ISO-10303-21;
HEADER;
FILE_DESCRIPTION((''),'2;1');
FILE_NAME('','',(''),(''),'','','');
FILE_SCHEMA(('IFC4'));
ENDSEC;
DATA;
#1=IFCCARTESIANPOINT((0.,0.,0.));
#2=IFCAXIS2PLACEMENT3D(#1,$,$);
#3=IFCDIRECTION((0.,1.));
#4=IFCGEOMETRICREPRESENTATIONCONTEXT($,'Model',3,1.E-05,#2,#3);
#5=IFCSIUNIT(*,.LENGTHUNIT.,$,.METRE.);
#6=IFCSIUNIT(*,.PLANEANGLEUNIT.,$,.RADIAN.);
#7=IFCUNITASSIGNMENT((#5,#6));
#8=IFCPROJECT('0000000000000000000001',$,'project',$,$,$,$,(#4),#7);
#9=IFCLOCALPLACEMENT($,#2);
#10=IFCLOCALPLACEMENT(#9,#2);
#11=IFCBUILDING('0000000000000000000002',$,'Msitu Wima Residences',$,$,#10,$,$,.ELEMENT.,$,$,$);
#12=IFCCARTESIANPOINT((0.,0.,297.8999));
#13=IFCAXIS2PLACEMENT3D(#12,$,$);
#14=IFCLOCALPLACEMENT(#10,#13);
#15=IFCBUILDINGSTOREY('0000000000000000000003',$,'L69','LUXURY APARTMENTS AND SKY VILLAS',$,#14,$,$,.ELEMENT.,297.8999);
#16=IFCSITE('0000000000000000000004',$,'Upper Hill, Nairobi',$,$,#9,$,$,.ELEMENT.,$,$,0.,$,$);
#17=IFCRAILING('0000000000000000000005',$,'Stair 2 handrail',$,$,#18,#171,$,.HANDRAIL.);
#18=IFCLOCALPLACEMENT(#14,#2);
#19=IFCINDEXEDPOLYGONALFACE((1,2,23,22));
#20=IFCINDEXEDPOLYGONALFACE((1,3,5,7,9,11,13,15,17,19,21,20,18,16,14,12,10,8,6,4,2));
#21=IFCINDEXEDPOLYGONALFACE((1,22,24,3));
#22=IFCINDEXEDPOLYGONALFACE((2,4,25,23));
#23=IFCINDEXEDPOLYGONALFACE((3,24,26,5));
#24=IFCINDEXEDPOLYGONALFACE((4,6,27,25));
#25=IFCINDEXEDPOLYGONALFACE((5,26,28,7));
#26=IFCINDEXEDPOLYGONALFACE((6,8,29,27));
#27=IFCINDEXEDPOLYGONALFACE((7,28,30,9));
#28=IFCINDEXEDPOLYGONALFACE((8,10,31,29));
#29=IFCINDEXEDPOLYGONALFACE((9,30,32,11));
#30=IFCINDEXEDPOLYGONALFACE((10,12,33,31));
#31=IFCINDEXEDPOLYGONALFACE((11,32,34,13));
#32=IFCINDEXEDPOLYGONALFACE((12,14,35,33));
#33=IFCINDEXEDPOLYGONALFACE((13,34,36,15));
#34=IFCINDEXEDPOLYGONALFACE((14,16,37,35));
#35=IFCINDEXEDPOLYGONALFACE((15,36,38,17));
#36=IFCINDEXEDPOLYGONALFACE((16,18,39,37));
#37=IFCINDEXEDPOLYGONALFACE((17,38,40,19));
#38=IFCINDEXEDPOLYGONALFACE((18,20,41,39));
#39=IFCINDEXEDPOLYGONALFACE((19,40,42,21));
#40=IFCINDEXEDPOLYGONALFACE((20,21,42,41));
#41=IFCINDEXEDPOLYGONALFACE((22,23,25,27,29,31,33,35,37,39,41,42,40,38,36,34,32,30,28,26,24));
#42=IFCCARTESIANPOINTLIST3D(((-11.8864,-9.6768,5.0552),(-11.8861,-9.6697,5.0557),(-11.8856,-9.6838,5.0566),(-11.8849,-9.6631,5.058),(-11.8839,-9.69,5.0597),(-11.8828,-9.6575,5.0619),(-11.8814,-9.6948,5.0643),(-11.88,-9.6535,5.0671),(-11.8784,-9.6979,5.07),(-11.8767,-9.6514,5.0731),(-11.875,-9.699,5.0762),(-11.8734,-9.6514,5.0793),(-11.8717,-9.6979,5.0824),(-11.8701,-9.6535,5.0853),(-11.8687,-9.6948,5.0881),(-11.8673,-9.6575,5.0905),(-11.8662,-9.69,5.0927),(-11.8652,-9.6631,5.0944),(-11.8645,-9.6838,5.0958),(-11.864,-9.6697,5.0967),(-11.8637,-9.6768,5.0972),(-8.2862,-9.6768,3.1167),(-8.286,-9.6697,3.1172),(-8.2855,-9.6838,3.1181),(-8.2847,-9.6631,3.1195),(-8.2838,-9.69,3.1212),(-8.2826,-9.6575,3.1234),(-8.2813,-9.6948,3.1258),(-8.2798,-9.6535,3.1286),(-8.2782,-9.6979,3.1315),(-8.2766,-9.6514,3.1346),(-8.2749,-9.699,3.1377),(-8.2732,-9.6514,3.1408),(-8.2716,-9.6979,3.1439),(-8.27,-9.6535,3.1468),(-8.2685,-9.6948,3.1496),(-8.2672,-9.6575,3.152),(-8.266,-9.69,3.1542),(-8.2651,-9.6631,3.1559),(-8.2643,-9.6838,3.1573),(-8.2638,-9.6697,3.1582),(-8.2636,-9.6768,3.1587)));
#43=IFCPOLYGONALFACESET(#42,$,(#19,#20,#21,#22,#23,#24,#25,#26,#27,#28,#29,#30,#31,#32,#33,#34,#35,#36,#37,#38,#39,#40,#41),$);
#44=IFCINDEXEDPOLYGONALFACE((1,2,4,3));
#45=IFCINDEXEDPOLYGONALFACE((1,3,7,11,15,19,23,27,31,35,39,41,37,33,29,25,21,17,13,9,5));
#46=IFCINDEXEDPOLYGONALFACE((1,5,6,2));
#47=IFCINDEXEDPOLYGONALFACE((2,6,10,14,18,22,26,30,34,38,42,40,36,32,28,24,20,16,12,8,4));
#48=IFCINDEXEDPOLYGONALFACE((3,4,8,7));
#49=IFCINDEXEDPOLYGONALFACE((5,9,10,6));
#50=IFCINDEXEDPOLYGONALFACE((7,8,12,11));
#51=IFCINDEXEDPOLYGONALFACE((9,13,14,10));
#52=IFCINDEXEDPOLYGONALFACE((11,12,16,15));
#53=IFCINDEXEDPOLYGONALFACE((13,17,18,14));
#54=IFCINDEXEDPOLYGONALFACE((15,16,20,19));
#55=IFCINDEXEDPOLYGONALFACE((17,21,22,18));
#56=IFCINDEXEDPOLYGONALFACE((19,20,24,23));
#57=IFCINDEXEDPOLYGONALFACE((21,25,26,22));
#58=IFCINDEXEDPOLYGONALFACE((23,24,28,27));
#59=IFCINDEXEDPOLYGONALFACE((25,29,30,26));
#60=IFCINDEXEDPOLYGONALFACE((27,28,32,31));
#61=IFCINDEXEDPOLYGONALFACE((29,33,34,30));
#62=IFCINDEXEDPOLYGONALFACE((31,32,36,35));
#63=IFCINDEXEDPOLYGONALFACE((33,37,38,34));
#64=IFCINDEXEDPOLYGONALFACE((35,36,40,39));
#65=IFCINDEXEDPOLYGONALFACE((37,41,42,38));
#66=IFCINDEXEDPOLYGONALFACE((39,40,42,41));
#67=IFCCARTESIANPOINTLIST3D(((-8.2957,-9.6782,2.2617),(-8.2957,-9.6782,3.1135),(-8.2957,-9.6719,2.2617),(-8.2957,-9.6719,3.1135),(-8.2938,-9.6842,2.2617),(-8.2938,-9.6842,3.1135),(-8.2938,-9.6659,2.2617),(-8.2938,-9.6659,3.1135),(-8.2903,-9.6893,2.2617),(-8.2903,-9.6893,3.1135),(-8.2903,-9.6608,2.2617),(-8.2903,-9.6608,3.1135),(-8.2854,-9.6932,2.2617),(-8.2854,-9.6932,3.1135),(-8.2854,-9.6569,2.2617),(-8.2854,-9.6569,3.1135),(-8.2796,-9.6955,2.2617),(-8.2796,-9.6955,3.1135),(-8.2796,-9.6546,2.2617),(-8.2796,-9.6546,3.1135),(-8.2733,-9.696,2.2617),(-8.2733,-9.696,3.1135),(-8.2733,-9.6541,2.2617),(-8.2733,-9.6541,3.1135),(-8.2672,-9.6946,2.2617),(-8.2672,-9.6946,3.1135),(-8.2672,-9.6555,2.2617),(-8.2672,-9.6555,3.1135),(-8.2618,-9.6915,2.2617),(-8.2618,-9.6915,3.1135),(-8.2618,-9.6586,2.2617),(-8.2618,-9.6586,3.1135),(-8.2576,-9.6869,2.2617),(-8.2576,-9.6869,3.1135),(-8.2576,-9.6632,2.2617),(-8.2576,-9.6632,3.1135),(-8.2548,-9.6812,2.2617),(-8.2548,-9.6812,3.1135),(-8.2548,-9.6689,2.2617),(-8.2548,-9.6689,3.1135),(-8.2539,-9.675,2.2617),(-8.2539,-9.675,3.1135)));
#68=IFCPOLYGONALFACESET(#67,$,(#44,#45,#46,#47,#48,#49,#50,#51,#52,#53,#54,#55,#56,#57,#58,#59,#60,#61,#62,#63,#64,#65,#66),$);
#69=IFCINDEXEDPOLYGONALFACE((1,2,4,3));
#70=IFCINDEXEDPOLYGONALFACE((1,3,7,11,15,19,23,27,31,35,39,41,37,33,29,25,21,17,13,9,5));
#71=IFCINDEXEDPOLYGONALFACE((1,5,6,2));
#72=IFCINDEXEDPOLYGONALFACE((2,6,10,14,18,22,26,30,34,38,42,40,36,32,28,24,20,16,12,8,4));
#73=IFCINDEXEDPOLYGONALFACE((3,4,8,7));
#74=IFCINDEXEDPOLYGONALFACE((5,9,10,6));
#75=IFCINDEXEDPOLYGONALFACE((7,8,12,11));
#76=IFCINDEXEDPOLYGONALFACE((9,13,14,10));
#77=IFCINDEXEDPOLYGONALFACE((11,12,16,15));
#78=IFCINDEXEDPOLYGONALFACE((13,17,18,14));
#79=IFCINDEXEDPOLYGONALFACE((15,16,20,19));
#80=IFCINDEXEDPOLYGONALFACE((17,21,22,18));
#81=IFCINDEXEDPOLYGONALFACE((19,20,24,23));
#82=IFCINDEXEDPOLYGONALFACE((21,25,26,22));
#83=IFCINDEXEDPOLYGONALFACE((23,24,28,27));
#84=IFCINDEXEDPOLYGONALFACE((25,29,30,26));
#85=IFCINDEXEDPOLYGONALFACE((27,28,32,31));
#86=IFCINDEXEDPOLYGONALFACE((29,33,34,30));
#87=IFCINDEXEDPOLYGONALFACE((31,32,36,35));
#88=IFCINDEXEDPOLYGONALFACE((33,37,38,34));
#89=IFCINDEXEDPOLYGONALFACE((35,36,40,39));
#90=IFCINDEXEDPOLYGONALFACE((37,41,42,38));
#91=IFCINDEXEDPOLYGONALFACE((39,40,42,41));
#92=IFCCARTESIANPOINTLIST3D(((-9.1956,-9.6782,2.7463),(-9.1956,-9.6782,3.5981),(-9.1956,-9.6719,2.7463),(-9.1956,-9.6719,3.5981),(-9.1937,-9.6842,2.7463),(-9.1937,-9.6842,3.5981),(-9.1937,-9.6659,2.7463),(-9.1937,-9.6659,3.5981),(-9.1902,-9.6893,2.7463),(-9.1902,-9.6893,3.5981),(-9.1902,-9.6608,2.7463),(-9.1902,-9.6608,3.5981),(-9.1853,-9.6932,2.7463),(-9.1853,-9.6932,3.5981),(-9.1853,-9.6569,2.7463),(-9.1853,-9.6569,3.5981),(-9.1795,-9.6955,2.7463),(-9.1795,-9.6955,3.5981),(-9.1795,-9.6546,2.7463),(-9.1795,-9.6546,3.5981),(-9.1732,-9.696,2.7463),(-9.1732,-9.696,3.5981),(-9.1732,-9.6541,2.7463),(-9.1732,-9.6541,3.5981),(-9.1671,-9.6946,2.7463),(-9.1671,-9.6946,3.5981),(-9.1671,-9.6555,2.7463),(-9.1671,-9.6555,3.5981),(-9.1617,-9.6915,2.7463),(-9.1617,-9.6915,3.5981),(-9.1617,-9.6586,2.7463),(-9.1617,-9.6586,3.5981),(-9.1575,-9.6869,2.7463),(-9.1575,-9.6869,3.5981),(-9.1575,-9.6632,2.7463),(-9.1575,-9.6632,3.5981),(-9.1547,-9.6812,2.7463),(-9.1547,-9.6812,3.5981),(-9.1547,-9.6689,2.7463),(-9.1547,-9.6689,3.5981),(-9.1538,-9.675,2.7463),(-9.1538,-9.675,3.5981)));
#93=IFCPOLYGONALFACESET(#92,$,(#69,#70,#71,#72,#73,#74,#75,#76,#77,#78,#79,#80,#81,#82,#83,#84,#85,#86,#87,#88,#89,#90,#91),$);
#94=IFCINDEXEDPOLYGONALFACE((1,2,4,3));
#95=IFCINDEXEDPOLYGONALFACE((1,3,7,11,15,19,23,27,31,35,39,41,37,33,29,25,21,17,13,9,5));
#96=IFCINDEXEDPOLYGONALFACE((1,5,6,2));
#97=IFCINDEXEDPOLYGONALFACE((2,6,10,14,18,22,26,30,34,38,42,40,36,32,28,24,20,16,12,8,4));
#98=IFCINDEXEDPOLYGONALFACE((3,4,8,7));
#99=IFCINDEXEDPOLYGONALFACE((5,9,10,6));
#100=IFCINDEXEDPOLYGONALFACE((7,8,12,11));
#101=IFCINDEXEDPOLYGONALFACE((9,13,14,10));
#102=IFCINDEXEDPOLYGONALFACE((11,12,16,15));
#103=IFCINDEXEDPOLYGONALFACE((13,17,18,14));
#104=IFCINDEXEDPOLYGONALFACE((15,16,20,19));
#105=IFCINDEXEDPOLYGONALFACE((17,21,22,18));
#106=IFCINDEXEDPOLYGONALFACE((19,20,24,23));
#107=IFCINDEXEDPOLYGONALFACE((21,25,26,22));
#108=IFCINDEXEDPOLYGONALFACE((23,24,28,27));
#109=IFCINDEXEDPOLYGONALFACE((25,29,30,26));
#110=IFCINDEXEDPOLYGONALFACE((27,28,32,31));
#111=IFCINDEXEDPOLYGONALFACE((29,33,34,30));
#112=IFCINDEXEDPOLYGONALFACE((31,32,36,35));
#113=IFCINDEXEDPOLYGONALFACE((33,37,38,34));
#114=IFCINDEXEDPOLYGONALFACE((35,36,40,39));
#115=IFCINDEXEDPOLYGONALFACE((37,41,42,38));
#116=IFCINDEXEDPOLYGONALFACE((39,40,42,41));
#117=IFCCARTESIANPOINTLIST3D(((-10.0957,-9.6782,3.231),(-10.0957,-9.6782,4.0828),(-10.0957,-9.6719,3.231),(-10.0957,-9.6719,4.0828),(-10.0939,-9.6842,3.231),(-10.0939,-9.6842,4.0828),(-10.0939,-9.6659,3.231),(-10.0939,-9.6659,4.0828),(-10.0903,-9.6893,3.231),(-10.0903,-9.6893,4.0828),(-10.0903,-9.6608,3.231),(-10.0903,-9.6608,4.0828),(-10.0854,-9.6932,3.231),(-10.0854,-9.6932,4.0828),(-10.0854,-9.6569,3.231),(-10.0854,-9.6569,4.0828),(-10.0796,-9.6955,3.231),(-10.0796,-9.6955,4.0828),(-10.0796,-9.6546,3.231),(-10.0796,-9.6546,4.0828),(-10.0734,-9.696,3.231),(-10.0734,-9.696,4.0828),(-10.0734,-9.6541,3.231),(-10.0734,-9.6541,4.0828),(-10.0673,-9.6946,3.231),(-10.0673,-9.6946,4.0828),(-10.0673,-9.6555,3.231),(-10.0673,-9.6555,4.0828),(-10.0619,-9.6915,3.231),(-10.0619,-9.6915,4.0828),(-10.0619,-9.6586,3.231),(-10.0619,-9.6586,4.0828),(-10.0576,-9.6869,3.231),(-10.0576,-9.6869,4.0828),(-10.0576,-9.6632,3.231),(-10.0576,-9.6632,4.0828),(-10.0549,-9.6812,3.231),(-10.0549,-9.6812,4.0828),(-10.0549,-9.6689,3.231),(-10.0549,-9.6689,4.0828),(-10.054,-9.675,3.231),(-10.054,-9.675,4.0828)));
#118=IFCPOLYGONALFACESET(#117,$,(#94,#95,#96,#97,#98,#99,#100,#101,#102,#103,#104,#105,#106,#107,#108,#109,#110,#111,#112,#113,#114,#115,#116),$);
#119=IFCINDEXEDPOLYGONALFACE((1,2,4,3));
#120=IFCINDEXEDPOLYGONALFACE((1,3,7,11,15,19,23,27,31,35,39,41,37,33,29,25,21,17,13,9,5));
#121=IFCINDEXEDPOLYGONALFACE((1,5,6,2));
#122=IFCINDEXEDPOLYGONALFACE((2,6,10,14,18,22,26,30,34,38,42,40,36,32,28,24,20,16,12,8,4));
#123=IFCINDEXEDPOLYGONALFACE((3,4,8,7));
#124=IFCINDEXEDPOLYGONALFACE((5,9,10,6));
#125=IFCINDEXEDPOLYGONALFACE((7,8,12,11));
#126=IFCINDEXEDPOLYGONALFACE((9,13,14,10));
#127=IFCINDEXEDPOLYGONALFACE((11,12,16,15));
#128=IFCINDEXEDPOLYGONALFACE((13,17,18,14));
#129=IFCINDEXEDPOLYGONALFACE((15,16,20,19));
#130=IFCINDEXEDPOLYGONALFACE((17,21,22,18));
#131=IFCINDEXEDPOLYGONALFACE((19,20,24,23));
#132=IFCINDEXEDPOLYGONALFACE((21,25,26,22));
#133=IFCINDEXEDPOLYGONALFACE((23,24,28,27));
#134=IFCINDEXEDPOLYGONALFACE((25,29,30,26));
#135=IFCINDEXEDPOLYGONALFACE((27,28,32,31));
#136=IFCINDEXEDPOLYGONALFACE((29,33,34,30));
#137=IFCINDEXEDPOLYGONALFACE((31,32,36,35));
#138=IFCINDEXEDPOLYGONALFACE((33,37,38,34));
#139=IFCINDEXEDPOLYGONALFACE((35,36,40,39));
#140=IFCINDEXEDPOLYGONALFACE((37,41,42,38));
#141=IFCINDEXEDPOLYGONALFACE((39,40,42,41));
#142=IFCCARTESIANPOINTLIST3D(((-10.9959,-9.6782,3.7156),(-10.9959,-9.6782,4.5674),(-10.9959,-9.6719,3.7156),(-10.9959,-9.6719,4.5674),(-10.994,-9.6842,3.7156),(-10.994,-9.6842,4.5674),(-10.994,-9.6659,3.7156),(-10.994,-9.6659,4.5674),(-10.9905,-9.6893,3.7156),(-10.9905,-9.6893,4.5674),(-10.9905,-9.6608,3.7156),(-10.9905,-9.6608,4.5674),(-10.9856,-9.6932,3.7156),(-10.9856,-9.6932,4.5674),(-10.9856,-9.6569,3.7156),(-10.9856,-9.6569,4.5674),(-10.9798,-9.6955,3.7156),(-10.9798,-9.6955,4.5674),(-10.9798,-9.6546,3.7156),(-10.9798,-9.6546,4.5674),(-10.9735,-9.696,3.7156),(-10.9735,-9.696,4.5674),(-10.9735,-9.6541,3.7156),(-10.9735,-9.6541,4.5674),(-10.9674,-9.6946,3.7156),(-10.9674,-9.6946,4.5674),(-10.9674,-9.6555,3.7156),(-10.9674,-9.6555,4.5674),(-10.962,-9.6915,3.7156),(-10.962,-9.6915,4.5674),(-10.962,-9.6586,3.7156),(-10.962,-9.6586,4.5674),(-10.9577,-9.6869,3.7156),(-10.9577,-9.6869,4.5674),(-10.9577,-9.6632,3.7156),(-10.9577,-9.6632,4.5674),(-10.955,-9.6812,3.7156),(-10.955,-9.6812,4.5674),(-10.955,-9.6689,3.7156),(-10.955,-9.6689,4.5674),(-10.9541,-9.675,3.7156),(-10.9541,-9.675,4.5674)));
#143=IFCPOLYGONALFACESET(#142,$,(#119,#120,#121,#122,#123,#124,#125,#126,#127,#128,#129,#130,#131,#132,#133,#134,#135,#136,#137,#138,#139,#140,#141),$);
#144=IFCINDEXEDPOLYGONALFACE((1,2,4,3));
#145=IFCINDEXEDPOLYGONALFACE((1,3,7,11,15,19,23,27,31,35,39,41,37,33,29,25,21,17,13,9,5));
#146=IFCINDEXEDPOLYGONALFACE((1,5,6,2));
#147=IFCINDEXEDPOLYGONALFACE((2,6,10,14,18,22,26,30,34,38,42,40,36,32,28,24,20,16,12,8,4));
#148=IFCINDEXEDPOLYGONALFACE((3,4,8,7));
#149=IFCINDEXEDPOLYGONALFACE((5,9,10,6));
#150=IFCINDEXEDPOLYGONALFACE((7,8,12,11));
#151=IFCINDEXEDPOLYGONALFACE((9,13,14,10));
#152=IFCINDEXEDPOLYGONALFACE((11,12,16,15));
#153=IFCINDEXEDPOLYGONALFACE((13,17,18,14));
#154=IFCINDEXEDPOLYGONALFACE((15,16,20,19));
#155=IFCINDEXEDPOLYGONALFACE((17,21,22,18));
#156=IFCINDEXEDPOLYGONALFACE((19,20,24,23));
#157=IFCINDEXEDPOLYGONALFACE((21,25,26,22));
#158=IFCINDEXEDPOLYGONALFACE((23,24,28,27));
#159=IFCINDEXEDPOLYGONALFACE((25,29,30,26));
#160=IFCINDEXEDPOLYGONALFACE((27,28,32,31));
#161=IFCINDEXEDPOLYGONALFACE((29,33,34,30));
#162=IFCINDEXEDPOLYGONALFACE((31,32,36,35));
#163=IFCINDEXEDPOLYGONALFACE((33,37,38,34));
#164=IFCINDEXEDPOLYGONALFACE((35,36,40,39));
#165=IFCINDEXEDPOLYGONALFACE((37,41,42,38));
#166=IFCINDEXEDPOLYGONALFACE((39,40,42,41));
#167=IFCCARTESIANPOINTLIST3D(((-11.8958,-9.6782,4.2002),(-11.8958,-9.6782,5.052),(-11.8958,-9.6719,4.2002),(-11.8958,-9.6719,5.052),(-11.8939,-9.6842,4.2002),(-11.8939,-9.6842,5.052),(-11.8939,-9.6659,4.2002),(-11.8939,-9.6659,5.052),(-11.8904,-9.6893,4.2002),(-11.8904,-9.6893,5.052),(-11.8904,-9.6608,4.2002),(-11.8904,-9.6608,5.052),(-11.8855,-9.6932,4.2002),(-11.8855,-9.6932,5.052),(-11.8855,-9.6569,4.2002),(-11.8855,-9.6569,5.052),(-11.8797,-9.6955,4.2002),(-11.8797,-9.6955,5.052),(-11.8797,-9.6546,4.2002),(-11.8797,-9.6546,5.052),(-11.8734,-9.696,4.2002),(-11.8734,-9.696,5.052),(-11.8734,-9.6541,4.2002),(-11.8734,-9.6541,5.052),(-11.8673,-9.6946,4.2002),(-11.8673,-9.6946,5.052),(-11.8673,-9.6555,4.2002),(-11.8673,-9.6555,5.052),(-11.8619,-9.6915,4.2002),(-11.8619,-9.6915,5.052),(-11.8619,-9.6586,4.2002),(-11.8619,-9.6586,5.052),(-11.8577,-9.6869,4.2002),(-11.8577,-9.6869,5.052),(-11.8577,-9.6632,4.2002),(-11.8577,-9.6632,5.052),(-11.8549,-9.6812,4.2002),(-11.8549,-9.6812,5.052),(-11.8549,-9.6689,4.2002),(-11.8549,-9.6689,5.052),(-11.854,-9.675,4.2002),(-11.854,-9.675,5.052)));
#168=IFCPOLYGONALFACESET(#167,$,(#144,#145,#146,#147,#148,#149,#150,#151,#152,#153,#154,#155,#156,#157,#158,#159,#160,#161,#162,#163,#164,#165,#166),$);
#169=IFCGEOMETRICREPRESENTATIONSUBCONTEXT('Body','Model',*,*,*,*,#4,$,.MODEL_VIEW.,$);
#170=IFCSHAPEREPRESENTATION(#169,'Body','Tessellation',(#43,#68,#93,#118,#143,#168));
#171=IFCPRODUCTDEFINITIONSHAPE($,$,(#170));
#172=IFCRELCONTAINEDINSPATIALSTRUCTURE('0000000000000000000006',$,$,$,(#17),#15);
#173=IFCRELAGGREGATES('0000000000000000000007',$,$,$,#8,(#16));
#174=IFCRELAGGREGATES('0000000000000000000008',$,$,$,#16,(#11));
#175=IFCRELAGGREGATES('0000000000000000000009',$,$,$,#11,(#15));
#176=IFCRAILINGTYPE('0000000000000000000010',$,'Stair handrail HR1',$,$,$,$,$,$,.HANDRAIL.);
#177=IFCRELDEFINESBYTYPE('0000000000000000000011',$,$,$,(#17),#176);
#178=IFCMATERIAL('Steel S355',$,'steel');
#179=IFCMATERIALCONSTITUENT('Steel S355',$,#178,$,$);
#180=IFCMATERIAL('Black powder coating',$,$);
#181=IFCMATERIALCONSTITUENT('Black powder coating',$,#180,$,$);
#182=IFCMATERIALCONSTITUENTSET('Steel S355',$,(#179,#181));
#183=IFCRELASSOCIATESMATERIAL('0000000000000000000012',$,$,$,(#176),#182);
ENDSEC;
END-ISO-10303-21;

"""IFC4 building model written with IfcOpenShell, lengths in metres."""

from ifc_helpers import new_model, si_unit, direction, frame, origin, origin_2d, place, context, subcontext, project, spatial, circle, extrude, material, constituent, constituent_set, type_object, element, save


model = new_model("IFC4")

# Units and contexts
model_context = context("Model", 3, precision=1e-05, world=origin(), true_north=direction((0.0, 1.0)))
body_context = subcontext(model_context, "Body", "Model", "MODEL_VIEW")
ifc_project = project(units=[si_unit("LENGTHUNIT", "METRE"), si_unit("PLANEANGLEUNIT", "RADIAN")], contexts=[model_context])

# Site, building, storey
site_placement = place(None, origin())
site = spatial("IfcSite", under=ifc_project, at=site_placement, Name="Upper Hill, Nairobi", CompositionType="ELEMENT", RefElevation=0.0)
building_placement = place(site_placement, origin())
building = spatial("IfcBuilding", under=site, at=building_placement, Name="Msitu Wima Residences", CompositionType="ELEMENT")
storey_placement = place(building_placement, frame((0.0, 0.0, 297.8999)))
storey = spatial("IfcBuildingStorey", under=building, at=storey_placement, Name="L69", Description="LUXURY APARTMENTS AND SKY VILLAS", CompositionType="ELEMENT", Elevation=297.8999)

# Railing
ifc_material_1 = material(Name="Steel S355", Category="steel")
ifc_constituent_1 = constituent(ifc_material_1, Name="Steel S355")
ifc_material_2 = material(Name="Black powder coating")
ifc_constituent_2 = constituent(ifc_material_2, Name="Black powder coating")
ifc_constituent_set = constituent_set(constituents=[ifc_constituent_1, ifc_constituent_2], Name="Steel S355")
railing_type = type_object("IfcRailingType", Name="Stair handrail HR1", PredefinedType="HANDRAIL", material=ifc_constituent_set)
for number, where, name in (
    (1, (-8.2749, -9.675, 2.2617), "Stair 2 handrail"),
):
    element("IfcRailing", number, at=place(storey_placement, frame(where)), inside=storey, type_object=railing_type, Name=name, PredefinedType="HANDRAIL", context=body_context, shape_type="SweptSolid", body=[
        extrude(circle(Radius=0.0239, at=origin_2d()), frame((0.0, 0.0, 0.876), z_axis=(-0.880475, 0.0, 0.474093), x_axis=(0.0, -1.0, 0.0)), (0.0, 0.0, 1.0), 4.0889),
        extrude(circle(Radius=0.021, at=origin_2d()), origin(), (0.0, 0.0, 1.0), 0.8518),
        extrude(circle(Radius=0.021, at=origin_2d()), frame((-0.8999, 0.0, 0.4846)), (0.0, 0.0, 1.0), 0.8518),
        extrude(circle(Radius=0.021, at=origin_2d()), frame((-1.8, 0.0, 0.9692)), (0.0, 0.0, 1.0), 0.8518),
        extrude(circle(Radius=0.021, at=origin_2d()), frame((-2.7002, 0.0, 1.4539)), (0.0, 0.0, 1.0), 0.8518),
        extrude(circle(Radius=0.021, at=origin_2d()), frame((-3.6001, 0.0, 1.9385)), (0.0, 0.0, 1.0), 0.8518),
    ])

save(model, "model.ifc")
